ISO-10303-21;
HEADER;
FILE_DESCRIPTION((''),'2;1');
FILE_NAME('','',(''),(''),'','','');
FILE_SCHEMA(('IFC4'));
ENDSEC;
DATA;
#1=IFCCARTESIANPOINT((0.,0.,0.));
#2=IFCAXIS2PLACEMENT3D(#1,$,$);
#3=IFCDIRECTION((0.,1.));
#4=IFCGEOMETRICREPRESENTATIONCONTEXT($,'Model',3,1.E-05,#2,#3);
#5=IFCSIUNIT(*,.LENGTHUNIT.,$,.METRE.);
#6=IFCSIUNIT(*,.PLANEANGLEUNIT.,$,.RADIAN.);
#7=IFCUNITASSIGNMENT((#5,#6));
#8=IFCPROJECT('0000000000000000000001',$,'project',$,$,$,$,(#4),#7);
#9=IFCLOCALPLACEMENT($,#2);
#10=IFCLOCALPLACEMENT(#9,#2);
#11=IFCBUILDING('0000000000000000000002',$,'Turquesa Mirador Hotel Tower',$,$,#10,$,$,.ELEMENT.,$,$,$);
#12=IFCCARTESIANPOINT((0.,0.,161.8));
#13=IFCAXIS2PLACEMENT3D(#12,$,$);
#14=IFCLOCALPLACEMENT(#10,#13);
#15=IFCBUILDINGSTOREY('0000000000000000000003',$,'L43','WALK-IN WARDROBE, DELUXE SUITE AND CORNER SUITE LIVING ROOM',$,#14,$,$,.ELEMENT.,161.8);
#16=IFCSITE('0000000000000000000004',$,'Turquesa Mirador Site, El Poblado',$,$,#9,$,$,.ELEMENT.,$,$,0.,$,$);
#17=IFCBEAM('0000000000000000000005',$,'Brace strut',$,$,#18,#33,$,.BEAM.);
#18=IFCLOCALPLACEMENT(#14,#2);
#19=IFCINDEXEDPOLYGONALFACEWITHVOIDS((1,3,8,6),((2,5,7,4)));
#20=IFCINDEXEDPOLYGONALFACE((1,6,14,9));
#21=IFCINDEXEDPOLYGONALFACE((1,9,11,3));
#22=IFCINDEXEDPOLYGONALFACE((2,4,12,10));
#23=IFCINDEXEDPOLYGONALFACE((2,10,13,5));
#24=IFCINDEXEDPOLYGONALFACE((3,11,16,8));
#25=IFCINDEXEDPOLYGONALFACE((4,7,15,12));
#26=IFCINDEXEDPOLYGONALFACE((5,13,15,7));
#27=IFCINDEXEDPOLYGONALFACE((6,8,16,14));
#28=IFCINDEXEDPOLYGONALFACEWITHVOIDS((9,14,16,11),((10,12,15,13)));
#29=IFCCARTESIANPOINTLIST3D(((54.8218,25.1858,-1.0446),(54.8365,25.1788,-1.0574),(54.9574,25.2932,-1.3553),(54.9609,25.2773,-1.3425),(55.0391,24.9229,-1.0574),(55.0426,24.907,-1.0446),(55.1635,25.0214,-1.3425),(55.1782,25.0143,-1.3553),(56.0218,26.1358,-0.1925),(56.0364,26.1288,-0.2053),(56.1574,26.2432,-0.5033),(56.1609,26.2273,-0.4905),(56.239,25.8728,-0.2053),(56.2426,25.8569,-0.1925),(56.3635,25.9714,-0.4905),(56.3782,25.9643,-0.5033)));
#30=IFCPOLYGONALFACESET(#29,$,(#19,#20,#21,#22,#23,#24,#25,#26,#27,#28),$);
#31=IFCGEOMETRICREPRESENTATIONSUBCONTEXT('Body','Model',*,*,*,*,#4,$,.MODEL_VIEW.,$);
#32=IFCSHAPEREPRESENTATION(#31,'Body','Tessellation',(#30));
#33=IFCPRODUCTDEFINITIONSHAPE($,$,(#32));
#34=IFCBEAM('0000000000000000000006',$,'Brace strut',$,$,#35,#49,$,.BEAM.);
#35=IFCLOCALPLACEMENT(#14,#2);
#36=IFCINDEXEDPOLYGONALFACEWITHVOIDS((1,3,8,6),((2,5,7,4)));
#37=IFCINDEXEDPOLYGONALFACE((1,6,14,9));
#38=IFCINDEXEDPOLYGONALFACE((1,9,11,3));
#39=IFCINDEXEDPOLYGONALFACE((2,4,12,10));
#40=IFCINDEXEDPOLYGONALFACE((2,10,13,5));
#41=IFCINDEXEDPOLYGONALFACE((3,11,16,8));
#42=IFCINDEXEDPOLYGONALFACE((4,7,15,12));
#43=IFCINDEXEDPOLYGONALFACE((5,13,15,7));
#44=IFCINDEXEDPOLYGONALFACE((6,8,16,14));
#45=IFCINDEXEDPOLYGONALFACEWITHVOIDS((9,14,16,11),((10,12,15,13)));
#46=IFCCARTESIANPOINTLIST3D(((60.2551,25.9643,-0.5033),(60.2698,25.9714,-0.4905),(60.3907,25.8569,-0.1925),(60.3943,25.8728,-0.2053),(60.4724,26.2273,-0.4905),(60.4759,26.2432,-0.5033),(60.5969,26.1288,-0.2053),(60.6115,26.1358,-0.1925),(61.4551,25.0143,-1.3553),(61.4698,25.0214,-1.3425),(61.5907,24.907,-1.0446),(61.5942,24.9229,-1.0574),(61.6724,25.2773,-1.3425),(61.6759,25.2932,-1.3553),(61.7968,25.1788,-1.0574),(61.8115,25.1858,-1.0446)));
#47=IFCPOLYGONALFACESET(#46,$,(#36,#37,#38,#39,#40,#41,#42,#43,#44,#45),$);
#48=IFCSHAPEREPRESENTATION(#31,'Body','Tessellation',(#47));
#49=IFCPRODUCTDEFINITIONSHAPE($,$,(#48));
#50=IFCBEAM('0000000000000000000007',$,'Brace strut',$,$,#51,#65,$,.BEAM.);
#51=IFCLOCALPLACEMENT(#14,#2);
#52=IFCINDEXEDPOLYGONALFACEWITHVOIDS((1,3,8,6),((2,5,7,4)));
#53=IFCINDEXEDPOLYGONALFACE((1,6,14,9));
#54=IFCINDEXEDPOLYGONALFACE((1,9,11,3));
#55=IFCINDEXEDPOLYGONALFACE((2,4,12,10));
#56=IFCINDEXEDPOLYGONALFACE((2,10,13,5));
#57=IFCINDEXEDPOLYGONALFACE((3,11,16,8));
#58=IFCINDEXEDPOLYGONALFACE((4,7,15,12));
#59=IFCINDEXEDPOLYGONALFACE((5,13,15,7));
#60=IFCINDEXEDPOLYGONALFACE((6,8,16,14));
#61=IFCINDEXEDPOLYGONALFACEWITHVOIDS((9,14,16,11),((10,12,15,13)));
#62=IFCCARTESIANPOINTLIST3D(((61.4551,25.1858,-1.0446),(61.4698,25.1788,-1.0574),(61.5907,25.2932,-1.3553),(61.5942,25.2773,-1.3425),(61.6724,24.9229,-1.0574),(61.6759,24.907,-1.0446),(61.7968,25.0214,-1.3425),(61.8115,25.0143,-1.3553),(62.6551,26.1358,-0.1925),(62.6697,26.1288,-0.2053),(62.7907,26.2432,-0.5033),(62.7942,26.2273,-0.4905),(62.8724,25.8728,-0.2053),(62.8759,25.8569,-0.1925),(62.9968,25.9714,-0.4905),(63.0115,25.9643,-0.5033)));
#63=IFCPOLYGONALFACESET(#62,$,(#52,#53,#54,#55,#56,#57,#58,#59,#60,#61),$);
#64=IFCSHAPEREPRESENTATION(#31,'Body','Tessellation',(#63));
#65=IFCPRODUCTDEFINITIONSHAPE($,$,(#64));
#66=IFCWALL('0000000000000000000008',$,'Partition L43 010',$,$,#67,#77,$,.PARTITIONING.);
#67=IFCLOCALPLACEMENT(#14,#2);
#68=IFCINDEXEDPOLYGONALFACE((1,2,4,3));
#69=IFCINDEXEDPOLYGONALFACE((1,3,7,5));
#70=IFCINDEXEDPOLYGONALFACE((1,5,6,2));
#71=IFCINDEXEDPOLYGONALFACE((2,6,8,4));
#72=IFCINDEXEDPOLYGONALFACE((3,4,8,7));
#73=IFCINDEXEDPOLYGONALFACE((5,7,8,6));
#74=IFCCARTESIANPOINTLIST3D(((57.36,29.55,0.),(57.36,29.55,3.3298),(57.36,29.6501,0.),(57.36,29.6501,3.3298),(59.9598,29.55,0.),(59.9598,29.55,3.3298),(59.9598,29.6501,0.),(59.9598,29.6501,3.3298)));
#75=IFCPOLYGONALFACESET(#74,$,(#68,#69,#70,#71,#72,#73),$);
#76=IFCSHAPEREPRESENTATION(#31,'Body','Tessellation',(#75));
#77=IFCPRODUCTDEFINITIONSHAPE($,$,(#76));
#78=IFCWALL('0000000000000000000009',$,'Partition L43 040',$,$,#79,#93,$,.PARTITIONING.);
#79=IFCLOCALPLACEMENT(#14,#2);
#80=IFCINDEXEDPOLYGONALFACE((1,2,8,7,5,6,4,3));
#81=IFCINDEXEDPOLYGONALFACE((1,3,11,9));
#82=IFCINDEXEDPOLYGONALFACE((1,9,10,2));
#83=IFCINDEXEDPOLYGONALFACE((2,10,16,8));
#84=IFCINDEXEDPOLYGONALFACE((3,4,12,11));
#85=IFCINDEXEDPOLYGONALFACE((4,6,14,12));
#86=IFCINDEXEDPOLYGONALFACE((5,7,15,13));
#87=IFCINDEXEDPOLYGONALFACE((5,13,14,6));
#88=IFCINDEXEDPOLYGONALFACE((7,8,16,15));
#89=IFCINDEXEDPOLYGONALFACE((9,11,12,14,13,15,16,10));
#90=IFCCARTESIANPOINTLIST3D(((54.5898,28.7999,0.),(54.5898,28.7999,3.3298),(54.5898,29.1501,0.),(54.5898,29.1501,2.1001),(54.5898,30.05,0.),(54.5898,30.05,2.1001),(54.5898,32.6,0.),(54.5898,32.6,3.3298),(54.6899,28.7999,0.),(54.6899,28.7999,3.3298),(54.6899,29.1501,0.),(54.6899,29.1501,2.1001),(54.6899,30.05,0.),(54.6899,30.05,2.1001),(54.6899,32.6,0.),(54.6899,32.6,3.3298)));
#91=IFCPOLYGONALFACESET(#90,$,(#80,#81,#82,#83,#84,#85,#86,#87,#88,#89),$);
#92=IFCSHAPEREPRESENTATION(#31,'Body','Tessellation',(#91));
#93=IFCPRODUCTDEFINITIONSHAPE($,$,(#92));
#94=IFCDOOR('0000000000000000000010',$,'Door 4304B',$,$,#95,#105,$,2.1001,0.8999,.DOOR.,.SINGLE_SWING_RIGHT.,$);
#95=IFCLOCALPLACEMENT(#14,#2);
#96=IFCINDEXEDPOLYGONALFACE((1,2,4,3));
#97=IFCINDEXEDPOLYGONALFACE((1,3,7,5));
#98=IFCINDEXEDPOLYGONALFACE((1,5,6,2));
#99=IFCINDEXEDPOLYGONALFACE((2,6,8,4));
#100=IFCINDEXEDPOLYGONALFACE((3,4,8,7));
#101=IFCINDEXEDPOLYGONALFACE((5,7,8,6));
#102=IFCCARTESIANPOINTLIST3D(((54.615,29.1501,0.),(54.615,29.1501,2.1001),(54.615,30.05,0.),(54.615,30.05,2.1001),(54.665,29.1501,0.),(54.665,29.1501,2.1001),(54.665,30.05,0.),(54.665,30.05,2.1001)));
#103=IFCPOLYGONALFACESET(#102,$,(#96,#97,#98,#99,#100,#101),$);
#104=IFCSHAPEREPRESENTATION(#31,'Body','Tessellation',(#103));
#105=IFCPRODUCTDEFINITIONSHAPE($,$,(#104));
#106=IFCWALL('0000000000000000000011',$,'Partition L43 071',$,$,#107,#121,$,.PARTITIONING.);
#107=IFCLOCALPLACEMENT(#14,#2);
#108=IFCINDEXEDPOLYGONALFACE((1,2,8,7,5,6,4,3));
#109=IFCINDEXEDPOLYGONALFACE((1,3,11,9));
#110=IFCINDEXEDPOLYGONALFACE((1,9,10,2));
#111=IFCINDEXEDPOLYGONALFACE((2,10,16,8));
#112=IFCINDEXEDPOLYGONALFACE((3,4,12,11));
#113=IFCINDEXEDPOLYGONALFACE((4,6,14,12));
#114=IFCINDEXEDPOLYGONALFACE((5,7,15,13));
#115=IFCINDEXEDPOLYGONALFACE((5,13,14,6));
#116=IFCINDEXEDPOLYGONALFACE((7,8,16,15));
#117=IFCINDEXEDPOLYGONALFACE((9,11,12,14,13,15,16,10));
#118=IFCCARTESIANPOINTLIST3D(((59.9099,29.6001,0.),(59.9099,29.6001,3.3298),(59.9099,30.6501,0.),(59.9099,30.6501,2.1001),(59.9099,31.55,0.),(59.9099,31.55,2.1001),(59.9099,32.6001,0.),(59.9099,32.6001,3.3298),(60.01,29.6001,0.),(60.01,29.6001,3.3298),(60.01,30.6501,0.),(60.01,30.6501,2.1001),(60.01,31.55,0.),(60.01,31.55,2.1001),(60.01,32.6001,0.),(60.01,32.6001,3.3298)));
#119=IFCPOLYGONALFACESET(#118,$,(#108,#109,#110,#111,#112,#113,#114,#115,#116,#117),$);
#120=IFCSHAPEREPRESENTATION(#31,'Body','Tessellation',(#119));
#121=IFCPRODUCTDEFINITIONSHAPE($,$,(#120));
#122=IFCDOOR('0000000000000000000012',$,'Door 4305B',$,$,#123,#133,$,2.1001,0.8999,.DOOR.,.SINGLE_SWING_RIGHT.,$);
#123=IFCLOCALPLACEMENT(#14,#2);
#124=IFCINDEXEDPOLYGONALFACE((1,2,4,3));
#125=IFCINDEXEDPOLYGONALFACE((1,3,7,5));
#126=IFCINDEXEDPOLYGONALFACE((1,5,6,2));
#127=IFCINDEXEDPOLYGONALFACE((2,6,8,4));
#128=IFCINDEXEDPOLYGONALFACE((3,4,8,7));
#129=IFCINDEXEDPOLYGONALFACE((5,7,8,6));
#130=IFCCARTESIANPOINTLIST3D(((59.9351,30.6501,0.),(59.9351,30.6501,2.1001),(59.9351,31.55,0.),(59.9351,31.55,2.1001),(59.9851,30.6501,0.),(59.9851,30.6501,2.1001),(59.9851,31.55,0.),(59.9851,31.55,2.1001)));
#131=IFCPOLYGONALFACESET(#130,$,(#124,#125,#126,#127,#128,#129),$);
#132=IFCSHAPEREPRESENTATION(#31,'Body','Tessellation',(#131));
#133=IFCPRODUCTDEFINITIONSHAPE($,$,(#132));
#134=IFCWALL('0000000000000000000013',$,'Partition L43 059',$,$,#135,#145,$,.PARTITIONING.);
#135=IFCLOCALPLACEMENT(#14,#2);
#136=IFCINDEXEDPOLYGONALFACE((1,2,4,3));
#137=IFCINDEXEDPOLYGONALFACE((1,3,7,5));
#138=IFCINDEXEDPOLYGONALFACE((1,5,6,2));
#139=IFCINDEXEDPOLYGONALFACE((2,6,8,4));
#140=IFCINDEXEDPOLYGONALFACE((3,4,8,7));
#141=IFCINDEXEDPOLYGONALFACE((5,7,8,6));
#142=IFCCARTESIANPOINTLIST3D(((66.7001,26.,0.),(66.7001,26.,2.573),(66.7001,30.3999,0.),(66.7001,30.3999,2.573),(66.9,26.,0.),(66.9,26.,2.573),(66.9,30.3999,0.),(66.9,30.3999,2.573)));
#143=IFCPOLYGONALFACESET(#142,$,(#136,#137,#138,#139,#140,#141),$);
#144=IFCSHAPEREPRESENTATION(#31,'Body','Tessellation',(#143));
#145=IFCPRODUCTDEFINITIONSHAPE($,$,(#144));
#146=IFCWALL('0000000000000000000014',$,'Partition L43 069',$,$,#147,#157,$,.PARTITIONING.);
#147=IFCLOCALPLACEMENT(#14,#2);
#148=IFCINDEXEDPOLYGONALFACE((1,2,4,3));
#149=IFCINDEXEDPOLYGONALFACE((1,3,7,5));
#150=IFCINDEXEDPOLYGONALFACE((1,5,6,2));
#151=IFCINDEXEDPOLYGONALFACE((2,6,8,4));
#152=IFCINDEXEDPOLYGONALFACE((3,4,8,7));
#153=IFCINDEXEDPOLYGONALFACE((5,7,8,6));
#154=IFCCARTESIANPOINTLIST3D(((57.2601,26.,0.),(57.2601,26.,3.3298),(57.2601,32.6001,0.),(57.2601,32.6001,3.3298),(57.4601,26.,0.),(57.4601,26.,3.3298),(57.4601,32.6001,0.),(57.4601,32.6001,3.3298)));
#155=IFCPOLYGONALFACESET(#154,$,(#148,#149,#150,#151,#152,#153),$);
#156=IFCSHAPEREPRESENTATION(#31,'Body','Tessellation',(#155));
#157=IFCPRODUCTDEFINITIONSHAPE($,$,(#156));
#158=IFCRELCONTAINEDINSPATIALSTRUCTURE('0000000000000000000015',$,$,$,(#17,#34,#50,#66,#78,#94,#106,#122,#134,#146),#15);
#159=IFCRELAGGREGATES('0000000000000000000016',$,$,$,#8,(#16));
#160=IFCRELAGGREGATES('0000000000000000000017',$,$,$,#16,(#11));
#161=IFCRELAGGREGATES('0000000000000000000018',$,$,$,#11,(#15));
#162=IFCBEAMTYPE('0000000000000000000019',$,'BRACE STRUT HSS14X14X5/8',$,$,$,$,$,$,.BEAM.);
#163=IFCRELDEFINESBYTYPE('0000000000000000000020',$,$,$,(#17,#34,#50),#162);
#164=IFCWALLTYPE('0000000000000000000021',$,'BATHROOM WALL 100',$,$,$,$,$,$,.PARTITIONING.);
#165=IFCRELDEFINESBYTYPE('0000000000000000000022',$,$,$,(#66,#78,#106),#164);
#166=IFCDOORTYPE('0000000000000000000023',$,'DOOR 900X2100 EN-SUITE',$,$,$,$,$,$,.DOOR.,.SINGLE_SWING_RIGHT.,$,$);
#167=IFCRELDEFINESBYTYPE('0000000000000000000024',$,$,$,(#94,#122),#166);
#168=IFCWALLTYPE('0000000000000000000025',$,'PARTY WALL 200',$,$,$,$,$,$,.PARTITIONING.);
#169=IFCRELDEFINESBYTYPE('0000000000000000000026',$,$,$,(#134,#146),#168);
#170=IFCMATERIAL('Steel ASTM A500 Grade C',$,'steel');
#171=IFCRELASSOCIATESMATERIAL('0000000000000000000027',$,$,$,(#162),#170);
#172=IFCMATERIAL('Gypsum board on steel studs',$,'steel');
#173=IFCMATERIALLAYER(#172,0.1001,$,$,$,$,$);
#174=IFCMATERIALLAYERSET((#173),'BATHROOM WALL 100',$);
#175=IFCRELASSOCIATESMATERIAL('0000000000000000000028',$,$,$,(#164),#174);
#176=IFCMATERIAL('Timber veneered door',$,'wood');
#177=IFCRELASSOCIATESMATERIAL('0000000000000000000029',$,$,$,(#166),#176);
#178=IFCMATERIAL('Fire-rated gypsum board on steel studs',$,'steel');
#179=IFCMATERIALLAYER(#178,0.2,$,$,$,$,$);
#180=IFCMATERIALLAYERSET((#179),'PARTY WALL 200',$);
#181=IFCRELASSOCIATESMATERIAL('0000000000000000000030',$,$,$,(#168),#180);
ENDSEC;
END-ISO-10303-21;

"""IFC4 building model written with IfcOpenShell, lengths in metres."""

from ifc_helpers import new_model, si_unit, direction, frame, frame_2d, origin, origin_2d, place, context, subcontext, project, spatial, rectangle, hollow_rectangle, extrude, material, layer, layer_set, material_profile, profile_set, type_object, element, fill, save


model = new_model("IFC4")

# Units and contexts
model_context = context("Model", 3, precision=1e-05, world=origin(), true_north=direction((0.0, 1.0)))
body_context = subcontext(model_context, "Body", "Model", "MODEL_VIEW")
ifc_project = project(units=[si_unit("LENGTHUNIT", "METRE"), si_unit("PLANEANGLEUNIT", "RADIAN")], contexts=[model_context])

# Site, building, storey
site_placement = place(None, origin())
site = spatial("IfcSite", under=ifc_project, at=site_placement, Name="Turquesa Mirador Site, El Poblado", CompositionType="ELEMENT", RefElevation=0.0)
building_placement = place(site_placement, origin())
building = spatial("IfcBuilding", under=site, at=building_placement, Name="Turquesa Mirador Hotel Tower", CompositionType="ELEMENT")
storey_placement = place(building_placement, frame((0.0, 0.0, 161.8)))
storey = spatial("IfcBuildingStorey", under=building, at=storey_placement, Name="L43", Description="WALK-IN WARDROBE, DELUXE SUITE AND CORNER SUITE LIVING ROOM", CompositionType="ELEMENT", Elevation=161.8)

# Beams
ifc_material_1 = material(Name="Steel ASTM A500 Grade C", Category="steel")
ifc_material_profile_1 = material_profile(ifc_material_1, hollow_rectangle(XDim=0.3557, YDim=0.3557, WallThickness=0.0146, at=origin_2d()), Name="HSS14X14X5/8")
ifc_profile_set_1 = profile_set([ifc_material_profile_1], Name="Steel ASTM A500 Grade C")
beam_type_1 = type_object("IfcBeamType", Name="BRACE STRUT HSS14X14X5/8", PredefinedType="BEAM", material=ifc_profile_set_1)
for number, where, z_axis, x_axis, name in (
    (1, (55.0, 25.1001, -1.2), (0.68504, 0.542318, 0.486427), (-0.620699, 0.784049, 0.0), "Brace strut"),
    (2, (61.6333, 25.1001, -1.2), (-0.68504, 0.542318, 0.486427), (-0.620699, -0.784049, 0.0), "Brace strut"),
    (3, (61.6333, 25.1001, -1.2), (0.68504, 0.542318, 0.486427), (-0.620699, 0.784049, 0.0), "Brace strut"),
):
    element("IfcBeam", number, at=place(storey_placement, frame(where, z_axis=z_axis, x_axis=x_axis)), inside=storey, type_object=beam_type_1, Name=name, PredefinedType="BEAM", context=body_context, shape_type="SweptSolid", body=[
        extrude(hollow_rectangle(XDim=0.3557, YDim=0.3557, WallThickness=0.0146, at=origin_2d()), origin(), (0.0, 0.0, 1.0), 1.7517),
    ])

# Wall
ifc_material_2 = material(Name="Gypsum board on steel studs", Category="steel")
ifc_layer_1 = layer(ifc_material_2, 0.1001)
ifc_layer_set_1 = layer_set([ifc_layer_1], Name="BATHROOM WALL 100")
wall_type_1 = type_object("IfcWallType", Name="BATHROOM WALL 100", PredefinedType="PARTITIONING", material=ifc_layer_set_1)
wall_1_placement = place(storey_placement, frame((57.3601, 29.6001, 0.0), z_axis=(0.0, 0.0, 1.0), x_axis=(1.0, 0.0, 0.0)))
element("IfcWall", 4, at=wall_1_placement, inside=storey, type_object=wall_type_1, Name="Partition L43 010", PredefinedType="PARTITIONING", context=body_context, shape_type="SweptSolid", body=[
    extrude(rectangle(XDim=2.5999, YDim=0.1001, at=frame_2d((1.2998, 0.0))), origin(), (0.0, 0.0, 1.0), 3.3298),
])

# Walls, openings, doors
wall_2_placement = place(storey_placement, frame((54.6399, 28.8, 0.0), z_axis=(0.0, 0.0, 1.0), x_axis=(0.0, 1.0, 0.0)))
wall_2 = element("IfcWall", 5, at=wall_2_placement, inside=storey, type_object=wall_type_1, Name="Partition L43 040", PredefinedType="PARTITIONING", context=body_context, shape_type="SweptSolid", body=[
    extrude(rectangle(XDim=3.8, YDim=0.1001, at=frame_2d((1.8999, 0.0))), origin(), (0.0, 0.0, 1.0), 3.3298),
])
opening_1_placement = place(wall_2_placement, frame((0.3501, 0.0, 0.0)))
opening_1 = element("IfcOpeningElement", 6, at=opening_1_placement, cuts=wall_2, PredefinedType="OPENING", context=body_context, shape_type="SweptSolid", body=[
    extrude(rectangle(XDim=0.8999, YDim=2.1001, at=frame_2d((0.45, 1.05))), frame((0.0, 0.0601, 0.0), z_axis=(0.0, -1.0, 0.0), x_axis=(1.0, 0.0, 0.0)), (0.0, 0.0, 1.0), 0.1201),
])
ifc_material_3 = material(Name="Timber veneered door", Category="wood")
door_type = type_object("IfcDoorType", Name="DOOR 900X2100 EN-SUITE", OperationType="SINGLE_SWING_RIGHT", PredefinedType="DOOR", material=ifc_material_3)
door_1_placement = place(opening_1_placement, origin())
door_1 = element("IfcDoor", 7, at=door_1_placement, inside=storey, type_object=door_type, Name="Door 4304B", OperationType="SINGLE_SWING_RIGHT", OverallHeight=2.1001, OverallWidth=0.8999, PredefinedType="DOOR", context=body_context, shape_type="SweptSolid", body=[
    extrude(rectangle(XDim=0.8999, YDim=2.1001, at=frame_2d((0.45, 1.05))), frame((0.0, 0.0249, 0.0), z_axis=(0.0, -1.0, 0.0), x_axis=(1.0, 0.0, 0.0)), (0.0, 0.0, 1.0), 0.05),
])
fill(opening_1, door_1)
wall_3_placement = place(storey_placement, frame((59.96, 29.6001, 0.0), z_axis=(0.0, 0.0, 1.0), x_axis=(0.0, 1.0, 0.0)))
wall_3 = element("IfcWall", 8, at=wall_3_placement, inside=storey, type_object=wall_type_1, Name="Partition L43 071", PredefinedType="PARTITIONING", context=body_context, shape_type="SweptSolid", body=[
    extrude(rectangle(XDim=3.0, YDim=0.1001, at=frame_2d((1.5, 0.0))), origin(), (0.0, 0.0, 1.0), 3.3298),
])
opening_2_placement = place(wall_3_placement, frame((1.05, 0.0, 0.0)))
opening_2 = element("IfcOpeningElement", 9, at=opening_2_placement, cuts=wall_3, PredefinedType="OPENING", context=body_context, shape_type="SweptSolid", body=[
    extrude(rectangle(XDim=0.8999, YDim=2.1001, at=frame_2d((0.45, 1.05))), frame((0.0, 0.0601, 0.0), z_axis=(0.0, -1.0, 0.0), x_axis=(1.0, 0.0, 0.0)), (0.0, 0.0, 1.0), 0.1201),
])
door_2_placement = place(opening_2_placement, origin())
door_2 = element("IfcDoor", 10, at=door_2_placement, inside=storey, type_object=door_type, Name="Door 4305B", OperationType="SINGLE_SWING_RIGHT", OverallHeight=2.1001, OverallWidth=0.8999, PredefinedType="DOOR", context=body_context, shape_type="SweptSolid", body=[
    extrude(rectangle(XDim=0.8999, YDim=2.1001, at=frame_2d((0.45, 1.05))), frame((0.0, 0.0249, 0.0), z_axis=(0.0, -1.0, 0.0), x_axis=(1.0, 0.0, 0.0)), (0.0, 0.0, 1.0), 0.05),
])
fill(opening_2, door_2)

# Walls
ifc_material_4 = material(Name="Fire-rated gypsum board on steel studs", Category="steel")
ifc_layer_2 = layer(ifc_material_4, 0.2)
ifc_layer_set_2 = layer_set([ifc_layer_2], Name="PARTY WALL 200")
wall_type_2 = type_object("IfcWallType", Name="PARTY WALL 200", PredefinedType="PARTITIONING", material=ifc_layer_set_2)
wall_4_placement = place(storey_placement, frame((66.8, 26.0, 0.0), z_axis=(0.0, 0.0, 1.0), x_axis=(0.0, 1.0, 0.0)))
element("IfcWall", 11, at=wall_4_placement, inside=storey, type_object=wall_type_2, Name="Partition L43 059", PredefinedType="PARTITIONING", context=body_context, shape_type="SweptSolid", body=[
    extrude(rectangle(XDim=4.3999, YDim=0.2, at=frame_2d((2.2, 0.0))), origin(), (0.0, 0.0, 1.0), 2.573),
])
wall_5_placement = place(storey_placement, frame((57.3601, 26.0, 0.0), z_axis=(0.0, 0.0, 1.0), x_axis=(0.0, 1.0, 0.0)))
element("IfcWall", 12, at=wall_5_placement, inside=storey, type_object=wall_type_2, Name="Partition L43 069", PredefinedType="PARTITIONING", context=body_context, shape_type="SweptSolid", body=[
    extrude(rectangle(XDim=6.6001, YDim=0.2, at=frame_2d((3.3, 0.0))), origin(), (0.0, 0.0, 1.0), 3.3298),
])

save(model, "model.ifc")
